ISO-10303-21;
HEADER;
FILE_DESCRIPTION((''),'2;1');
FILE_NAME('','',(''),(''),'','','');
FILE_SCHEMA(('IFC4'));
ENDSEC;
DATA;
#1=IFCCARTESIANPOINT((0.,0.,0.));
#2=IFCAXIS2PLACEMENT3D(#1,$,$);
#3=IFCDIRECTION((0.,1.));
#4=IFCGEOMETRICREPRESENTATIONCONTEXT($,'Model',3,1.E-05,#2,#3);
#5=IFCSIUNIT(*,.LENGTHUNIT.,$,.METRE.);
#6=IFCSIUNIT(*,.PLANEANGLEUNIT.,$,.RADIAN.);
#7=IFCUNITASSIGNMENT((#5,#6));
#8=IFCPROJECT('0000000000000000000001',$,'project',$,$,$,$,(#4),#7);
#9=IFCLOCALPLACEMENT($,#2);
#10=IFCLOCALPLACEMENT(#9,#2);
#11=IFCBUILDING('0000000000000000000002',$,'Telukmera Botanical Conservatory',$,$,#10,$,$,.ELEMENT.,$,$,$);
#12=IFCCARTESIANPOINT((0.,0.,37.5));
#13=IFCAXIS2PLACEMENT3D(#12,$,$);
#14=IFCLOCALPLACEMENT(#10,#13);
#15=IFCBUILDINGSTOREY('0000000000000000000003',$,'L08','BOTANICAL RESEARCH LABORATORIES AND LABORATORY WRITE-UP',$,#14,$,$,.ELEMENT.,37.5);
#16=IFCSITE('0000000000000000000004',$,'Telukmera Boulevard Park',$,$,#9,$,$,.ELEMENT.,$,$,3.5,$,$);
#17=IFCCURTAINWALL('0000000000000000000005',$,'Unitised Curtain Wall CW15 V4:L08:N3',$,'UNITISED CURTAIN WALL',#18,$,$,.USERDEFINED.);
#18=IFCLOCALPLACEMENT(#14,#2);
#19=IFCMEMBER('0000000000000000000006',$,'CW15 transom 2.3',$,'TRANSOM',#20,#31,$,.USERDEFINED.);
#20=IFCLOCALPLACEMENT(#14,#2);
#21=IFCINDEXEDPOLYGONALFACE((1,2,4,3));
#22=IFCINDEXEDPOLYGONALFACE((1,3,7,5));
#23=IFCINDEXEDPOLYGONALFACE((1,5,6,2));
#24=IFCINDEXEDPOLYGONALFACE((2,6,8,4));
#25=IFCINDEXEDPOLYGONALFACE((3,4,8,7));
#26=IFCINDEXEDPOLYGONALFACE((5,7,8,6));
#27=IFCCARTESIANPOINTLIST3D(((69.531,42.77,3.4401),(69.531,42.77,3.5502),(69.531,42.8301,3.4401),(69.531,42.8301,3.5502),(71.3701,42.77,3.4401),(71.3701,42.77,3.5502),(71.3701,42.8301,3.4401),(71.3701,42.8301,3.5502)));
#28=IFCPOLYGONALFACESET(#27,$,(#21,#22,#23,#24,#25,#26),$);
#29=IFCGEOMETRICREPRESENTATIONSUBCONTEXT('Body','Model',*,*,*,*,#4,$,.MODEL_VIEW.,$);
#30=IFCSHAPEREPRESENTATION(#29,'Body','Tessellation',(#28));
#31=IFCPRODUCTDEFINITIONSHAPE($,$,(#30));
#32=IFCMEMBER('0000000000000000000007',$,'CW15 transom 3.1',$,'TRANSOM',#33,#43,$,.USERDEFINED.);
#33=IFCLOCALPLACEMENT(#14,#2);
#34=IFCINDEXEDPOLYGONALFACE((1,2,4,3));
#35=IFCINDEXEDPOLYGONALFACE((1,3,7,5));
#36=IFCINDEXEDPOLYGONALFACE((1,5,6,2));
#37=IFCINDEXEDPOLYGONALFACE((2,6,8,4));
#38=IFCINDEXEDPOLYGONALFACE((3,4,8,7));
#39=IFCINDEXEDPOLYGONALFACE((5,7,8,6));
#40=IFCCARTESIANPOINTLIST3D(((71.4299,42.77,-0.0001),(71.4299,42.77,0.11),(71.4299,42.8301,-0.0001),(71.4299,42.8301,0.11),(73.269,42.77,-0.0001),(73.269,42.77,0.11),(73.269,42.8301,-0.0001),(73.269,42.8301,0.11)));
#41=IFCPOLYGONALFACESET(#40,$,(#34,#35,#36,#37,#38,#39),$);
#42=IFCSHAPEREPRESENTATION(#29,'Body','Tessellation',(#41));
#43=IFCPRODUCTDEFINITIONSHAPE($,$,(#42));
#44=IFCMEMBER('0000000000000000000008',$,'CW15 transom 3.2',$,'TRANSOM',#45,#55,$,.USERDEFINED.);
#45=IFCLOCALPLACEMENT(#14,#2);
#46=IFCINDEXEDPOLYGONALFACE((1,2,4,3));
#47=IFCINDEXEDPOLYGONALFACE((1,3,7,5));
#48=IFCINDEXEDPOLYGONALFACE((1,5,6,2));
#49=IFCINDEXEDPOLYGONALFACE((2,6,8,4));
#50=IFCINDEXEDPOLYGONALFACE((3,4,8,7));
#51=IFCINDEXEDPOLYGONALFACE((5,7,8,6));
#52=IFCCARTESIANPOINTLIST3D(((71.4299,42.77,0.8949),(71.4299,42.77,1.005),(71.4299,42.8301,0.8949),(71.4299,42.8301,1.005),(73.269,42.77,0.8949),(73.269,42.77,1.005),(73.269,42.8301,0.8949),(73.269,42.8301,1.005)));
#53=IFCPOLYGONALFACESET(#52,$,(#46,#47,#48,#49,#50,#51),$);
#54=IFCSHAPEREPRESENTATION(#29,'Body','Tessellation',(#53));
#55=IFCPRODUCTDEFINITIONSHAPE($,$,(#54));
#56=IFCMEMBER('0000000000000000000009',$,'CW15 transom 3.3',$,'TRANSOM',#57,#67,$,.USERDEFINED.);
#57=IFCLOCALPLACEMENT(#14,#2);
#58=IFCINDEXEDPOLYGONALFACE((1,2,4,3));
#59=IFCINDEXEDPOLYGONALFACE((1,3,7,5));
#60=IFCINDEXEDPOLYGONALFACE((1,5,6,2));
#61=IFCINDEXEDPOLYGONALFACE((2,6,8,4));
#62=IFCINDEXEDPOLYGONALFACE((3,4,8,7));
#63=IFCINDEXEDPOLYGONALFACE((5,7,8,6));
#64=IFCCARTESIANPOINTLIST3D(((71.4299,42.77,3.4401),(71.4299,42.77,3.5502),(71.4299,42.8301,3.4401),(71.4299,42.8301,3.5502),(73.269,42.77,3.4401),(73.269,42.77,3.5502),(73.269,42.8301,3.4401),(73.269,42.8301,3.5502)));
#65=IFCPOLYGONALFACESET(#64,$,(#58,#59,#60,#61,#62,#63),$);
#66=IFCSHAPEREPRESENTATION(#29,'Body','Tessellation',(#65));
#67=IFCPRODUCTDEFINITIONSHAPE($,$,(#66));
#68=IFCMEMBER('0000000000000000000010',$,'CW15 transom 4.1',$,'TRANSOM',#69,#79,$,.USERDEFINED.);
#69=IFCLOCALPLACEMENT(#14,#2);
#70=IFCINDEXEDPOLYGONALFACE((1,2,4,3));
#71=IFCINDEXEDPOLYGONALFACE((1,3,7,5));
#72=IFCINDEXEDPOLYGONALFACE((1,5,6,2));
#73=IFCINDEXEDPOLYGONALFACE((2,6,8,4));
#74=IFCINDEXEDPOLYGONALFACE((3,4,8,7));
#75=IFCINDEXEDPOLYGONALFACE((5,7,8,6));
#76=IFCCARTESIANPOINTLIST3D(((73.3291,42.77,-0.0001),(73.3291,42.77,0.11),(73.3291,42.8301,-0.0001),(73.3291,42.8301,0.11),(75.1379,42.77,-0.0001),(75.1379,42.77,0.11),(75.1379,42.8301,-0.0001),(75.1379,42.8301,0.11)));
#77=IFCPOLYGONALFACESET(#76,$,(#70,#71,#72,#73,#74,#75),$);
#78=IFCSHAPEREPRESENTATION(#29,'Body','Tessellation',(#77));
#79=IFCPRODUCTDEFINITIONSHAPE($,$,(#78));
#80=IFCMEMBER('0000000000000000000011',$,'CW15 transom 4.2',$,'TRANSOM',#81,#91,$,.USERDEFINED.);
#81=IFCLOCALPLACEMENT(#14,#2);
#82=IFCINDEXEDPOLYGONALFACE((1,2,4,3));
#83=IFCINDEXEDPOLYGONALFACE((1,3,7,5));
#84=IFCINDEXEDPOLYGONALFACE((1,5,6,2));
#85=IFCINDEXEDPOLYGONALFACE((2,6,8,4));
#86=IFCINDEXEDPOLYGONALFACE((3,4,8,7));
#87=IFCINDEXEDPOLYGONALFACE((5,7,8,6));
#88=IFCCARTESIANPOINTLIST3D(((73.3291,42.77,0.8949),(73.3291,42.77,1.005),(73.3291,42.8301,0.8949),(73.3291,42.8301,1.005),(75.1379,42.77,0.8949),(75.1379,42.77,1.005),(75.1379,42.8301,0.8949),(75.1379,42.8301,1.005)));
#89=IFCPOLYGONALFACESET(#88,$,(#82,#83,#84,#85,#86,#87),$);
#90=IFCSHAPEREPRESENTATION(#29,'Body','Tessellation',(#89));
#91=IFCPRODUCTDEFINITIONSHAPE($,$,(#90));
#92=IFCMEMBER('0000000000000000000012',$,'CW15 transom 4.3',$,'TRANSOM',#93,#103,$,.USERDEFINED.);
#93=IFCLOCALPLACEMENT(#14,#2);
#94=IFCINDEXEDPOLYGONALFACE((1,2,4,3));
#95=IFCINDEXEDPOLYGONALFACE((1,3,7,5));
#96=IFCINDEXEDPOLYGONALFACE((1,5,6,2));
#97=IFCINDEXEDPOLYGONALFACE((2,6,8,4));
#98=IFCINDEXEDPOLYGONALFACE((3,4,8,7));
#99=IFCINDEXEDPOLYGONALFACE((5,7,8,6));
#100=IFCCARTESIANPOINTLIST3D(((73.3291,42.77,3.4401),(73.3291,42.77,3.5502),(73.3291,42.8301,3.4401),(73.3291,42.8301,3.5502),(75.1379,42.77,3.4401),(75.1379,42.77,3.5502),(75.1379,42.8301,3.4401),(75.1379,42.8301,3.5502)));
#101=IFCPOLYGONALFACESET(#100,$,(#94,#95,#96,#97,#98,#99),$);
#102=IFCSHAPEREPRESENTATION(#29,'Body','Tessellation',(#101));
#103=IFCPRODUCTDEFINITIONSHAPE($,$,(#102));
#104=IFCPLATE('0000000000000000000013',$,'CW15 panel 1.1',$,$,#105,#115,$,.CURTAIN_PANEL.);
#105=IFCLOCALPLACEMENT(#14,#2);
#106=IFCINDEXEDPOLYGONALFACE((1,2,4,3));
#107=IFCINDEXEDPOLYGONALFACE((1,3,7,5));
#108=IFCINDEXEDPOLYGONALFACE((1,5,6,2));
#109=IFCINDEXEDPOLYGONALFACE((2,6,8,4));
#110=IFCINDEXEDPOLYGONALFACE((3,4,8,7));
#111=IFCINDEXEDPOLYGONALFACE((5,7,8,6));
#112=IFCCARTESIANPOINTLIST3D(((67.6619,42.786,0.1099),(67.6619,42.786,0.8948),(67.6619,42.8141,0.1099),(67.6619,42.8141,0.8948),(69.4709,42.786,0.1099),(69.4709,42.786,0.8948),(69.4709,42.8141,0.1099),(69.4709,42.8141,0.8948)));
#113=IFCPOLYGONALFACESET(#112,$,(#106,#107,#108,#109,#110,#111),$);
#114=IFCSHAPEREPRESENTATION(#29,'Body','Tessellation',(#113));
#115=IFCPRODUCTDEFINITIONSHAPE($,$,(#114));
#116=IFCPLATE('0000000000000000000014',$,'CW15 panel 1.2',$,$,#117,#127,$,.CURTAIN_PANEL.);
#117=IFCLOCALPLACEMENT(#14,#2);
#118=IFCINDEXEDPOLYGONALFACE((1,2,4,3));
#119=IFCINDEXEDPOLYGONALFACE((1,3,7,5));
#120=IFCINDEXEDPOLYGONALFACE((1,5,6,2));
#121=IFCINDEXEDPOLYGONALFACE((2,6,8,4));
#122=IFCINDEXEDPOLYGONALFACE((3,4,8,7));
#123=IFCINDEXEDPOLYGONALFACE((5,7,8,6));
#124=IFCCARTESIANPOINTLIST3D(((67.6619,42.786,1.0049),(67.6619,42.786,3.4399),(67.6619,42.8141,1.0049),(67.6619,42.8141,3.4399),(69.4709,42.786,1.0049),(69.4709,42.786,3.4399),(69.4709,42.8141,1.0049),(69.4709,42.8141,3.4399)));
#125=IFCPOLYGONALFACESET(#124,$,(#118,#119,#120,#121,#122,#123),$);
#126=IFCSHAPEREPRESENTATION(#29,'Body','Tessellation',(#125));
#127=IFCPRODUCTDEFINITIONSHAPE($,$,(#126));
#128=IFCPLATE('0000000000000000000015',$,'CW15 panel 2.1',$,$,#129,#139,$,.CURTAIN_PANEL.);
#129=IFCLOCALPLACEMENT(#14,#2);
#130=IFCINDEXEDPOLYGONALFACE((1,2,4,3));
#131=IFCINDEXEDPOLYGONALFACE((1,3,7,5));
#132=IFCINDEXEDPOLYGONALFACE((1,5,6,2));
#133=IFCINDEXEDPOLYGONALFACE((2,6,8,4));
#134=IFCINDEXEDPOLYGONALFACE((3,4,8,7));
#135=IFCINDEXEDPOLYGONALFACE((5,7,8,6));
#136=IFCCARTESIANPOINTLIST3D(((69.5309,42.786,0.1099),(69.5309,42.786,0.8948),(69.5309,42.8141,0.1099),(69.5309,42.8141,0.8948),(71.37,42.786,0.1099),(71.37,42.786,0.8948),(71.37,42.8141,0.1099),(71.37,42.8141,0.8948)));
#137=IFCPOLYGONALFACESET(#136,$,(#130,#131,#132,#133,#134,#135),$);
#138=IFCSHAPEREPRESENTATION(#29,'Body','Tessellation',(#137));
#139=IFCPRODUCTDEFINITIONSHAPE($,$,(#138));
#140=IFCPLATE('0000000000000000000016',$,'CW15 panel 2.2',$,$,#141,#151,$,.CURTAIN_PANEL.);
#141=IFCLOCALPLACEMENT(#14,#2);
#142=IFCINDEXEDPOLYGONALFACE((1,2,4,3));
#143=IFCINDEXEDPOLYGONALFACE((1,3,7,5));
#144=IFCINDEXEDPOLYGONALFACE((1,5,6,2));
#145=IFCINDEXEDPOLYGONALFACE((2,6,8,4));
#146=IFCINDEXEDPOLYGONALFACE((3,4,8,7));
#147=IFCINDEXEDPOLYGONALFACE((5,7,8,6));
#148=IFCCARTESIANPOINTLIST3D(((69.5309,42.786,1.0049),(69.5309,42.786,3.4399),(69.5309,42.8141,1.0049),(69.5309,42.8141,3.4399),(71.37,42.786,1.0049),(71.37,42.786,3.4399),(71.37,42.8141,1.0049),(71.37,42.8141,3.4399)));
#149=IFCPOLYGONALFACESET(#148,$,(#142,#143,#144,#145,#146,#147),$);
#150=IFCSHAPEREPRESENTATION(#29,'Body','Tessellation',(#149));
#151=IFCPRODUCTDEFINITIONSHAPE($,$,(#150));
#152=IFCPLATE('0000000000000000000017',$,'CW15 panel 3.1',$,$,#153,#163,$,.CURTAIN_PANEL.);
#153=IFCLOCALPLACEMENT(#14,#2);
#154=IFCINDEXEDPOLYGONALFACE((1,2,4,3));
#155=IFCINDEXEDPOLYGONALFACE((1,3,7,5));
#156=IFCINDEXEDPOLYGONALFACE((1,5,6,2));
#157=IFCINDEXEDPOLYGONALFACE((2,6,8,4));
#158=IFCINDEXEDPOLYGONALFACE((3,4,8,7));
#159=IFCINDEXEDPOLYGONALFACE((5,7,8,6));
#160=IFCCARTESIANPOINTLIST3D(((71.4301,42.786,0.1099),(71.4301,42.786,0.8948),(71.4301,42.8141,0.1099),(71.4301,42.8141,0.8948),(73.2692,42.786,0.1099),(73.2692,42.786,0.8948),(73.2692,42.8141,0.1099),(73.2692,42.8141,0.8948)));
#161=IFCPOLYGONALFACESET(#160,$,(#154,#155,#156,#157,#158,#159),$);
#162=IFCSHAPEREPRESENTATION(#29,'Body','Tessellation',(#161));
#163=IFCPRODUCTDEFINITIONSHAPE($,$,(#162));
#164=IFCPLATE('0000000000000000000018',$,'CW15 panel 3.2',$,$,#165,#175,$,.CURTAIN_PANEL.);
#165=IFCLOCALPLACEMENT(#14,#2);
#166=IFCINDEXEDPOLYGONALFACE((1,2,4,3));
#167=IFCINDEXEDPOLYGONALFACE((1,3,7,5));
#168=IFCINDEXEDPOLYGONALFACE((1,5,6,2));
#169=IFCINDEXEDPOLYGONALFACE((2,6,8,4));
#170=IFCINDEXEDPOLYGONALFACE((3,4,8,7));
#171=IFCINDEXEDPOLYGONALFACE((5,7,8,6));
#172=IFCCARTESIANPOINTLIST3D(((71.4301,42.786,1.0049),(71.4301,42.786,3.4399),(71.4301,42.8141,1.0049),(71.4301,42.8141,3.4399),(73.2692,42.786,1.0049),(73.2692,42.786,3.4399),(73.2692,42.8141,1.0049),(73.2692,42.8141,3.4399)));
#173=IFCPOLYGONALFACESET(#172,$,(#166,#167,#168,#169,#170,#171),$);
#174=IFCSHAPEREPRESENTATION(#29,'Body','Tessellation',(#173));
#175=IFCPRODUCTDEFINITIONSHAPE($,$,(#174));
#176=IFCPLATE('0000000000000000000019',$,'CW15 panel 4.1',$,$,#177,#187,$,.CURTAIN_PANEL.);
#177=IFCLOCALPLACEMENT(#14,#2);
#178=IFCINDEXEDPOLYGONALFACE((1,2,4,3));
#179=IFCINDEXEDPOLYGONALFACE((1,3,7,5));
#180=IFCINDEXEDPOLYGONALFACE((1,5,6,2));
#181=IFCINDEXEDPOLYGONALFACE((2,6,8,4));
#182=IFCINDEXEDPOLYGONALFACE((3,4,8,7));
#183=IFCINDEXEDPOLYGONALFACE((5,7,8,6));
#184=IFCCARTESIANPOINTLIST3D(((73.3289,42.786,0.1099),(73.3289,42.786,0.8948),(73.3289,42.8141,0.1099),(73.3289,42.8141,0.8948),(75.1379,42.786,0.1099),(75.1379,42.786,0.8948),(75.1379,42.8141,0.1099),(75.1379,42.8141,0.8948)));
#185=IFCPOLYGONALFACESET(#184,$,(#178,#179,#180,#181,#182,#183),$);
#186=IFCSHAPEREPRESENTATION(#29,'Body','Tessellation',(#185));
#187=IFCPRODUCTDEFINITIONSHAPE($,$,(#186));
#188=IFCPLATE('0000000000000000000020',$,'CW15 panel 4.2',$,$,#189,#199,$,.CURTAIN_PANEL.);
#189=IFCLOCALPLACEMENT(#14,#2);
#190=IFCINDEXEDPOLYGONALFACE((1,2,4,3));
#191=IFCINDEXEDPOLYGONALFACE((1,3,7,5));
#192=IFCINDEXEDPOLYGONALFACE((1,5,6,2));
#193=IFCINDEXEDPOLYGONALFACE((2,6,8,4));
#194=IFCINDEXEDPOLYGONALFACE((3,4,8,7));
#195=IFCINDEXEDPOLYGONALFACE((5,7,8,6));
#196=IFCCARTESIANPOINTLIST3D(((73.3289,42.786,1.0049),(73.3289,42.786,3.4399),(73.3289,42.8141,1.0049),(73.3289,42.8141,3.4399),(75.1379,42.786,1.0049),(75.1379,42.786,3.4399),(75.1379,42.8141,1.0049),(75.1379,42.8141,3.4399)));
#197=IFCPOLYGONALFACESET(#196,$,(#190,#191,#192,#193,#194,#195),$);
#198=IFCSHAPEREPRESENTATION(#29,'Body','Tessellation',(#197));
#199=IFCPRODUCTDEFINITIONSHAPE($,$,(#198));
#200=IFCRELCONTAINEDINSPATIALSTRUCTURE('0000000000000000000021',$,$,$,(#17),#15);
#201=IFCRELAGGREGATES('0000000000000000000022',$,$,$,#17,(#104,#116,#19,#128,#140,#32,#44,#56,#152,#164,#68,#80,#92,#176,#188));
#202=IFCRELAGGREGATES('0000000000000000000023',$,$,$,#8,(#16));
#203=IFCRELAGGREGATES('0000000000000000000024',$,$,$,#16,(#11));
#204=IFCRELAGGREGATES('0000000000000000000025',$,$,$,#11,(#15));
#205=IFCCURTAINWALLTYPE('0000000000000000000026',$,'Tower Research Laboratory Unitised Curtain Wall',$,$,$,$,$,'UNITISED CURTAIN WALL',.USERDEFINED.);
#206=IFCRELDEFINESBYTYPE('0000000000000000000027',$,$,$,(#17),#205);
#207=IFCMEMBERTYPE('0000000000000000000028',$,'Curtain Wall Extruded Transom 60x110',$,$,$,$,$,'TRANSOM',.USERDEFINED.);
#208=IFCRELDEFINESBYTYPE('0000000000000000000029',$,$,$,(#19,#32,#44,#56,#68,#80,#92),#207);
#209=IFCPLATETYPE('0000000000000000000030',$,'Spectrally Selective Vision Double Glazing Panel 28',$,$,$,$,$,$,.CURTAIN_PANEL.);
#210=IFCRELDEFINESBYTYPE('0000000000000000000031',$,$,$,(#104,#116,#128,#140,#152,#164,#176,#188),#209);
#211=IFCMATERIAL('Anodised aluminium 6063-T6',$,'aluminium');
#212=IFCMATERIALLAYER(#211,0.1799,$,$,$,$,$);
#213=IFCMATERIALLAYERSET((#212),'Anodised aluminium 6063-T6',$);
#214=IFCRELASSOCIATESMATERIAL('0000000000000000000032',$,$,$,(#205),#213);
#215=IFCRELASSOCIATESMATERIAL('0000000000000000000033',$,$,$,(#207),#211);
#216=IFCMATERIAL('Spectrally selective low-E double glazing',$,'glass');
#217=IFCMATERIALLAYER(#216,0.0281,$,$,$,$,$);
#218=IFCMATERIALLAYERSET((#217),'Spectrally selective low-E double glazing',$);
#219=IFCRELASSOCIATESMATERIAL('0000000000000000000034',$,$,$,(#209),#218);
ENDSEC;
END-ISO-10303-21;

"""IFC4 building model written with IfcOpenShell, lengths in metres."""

from ifc_helpers import new_model, si_unit, direction, frame, origin, origin_2d, place, context, subcontext, project, spatial, rectangle, extrude, material, layer, layer_set, material_profile, profile_set, type_object, element, aggregate, save


model = new_model("IFC4")

# Units and contexts
model_context = context("Model", 3, precision=1e-05, world=origin(), true_north=direction((0.0, 1.0)))
body_context = subcontext(model_context, "Body", "Model", "MODEL_VIEW")
ifc_project = project(units=[si_unit("LENGTHUNIT", "METRE"), si_unit("PLANEANGLEUNIT", "RADIAN")], contexts=[model_context])

# Site, building, storey
site_placement = place(None, origin())
site = spatial("IfcSite", under=ifc_project, at=site_placement, Name="Telukmera Boulevard Park", CompositionType="ELEMENT", RefElevation=3.5)
building_placement = place(site_placement, origin())
building = spatial("IfcBuilding", under=site, at=building_placement, Name="Telukmera Botanical Conservatory", CompositionType="ELEMENT")
storey_placement = place(building_placement, frame((0.0, 0.0, 37.5)))
storey = spatial("IfcBuildingStorey", under=building, at=storey_placement, Name="L08", Description="BOTANICAL RESEARCH LABORATORIES AND LABORATORY WRITE-UP", CompositionType="ELEMENT", Elevation=37.5)

# Curtain wall, members, plates
ifc_material_1 = material(Name="Anodised aluminium 6063-T6", Category="aluminium")
ifc_layer_1 = layer(ifc_material_1, 0.1799)
ifc_layer_set_1 = layer_set([ifc_layer_1], Name="Anodised aluminium 6063-T6")
curtain_wall_type = type_object("IfcCurtainWallType", Name="Tower Research Laboratory Unitised Curtain Wall", ElementType="UNITISED CURTAIN WALL", PredefinedType="USERDEFINED", material=ifc_layer_set_1)
curtain_wall_placement = place(storey_placement, origin())
curtain_wall = element("IfcCurtainWall", 1, at=curtain_wall_placement, inside=storey, type_object=curtain_wall_type, Name="Unitised Curtain Wall CW15 V4:L08:N3", ObjectType="UNITISED CURTAIN WALL", PredefinedType="USERDEFINED")
ifc_material_profile_1 = material_profile(ifc_material_1, rectangle(XDim=0.0601, YDim=0.1101, at=origin_2d()), Name="ALU TRAN 60x110")
ifc_profile_set_1 = profile_set([ifc_material_profile_1], Name="Anodised aluminium 6063-T6")
member_type_1 = type_object("IfcMemberType", Name="Curtain Wall Extruded Transom 60x110", ElementType="TRANSOM", PredefinedType="USERDEFINED", material=ifc_profile_set_1)
member_1_placement = place(storey_placement, frame((69.531, 42.8, 3.4951), z_axis=(1.0, 0.0, 0.0), x_axis=(0.0, 1.0, 0.0)))
member_1 = element("IfcMember", 2, at=member_1_placement, type_object=member_type_1, Name="CW15 transom 2.3", ObjectType="TRANSOM", PredefinedType="USERDEFINED", context=body_context, shape_type="SweptSolid", body=[
    extrude(rectangle(XDim=0.0601, YDim=0.1101, at=origin_2d()), origin(), (0.0, 0.0, 1.0), 1.8391),
])
member_2_placement = place(storey_placement, frame((71.4299, 42.8, 0.0549), z_axis=(1.0, 0.0, 0.0), x_axis=(0.0, 1.0, 0.0)))
member_2 = element("IfcMember", 3, at=member_2_placement, type_object=member_type_1, Name="CW15 transom 3.1", ObjectType="TRANSOM", PredefinedType="USERDEFINED", context=body_context, shape_type="SweptSolid", body=[
    extrude(rectangle(XDim=0.0601, YDim=0.1101, at=origin_2d()), origin(), (0.0, 0.0, 1.0), 1.8391),
])
member_3_placement = place(storey_placement, frame((71.4299, 42.8, 0.95), z_axis=(1.0, 0.0, 0.0), x_axis=(0.0, 1.0, 0.0)))
member_3 = element("IfcMember", 4, at=member_3_placement, type_object=member_type_1, Name="CW15 transom 3.2", ObjectType="TRANSOM", PredefinedType="USERDEFINED", context=body_context, shape_type="SweptSolid", body=[
    extrude(rectangle(XDim=0.0601, YDim=0.1101, at=origin_2d()), origin(), (0.0, 0.0, 1.0), 1.8391),
])
member_4_placement = place(storey_placement, frame((71.4299, 42.8, 3.4951), z_axis=(1.0, 0.0, 0.0), x_axis=(0.0, 1.0, 0.0)))
member_4 = element("IfcMember", 5, at=member_4_placement, type_object=member_type_1, Name="CW15 transom 3.3", ObjectType="TRANSOM", PredefinedType="USERDEFINED", context=body_context, shape_type="SweptSolid", body=[
    extrude(rectangle(XDim=0.0601, YDim=0.1101, at=origin_2d()), origin(), (0.0, 0.0, 1.0), 1.8391),
])
member_5_placement = place(storey_placement, frame((73.3291, 42.8, 0.0549), z_axis=(1.0, 0.0, 0.0), x_axis=(0.0, 1.0, 0.0)))
member_5 = element("IfcMember", 6, at=member_5_placement, type_object=member_type_1, Name="CW15 transom 4.1", ObjectType="TRANSOM", PredefinedType="USERDEFINED", context=body_context, shape_type="SweptSolid", body=[
    extrude(rectangle(XDim=0.0601, YDim=0.1101, at=origin_2d()), origin(), (0.0, 0.0, 1.0), 1.8088),
])
member_6_placement = place(storey_placement, frame((73.3291, 42.8, 0.95), z_axis=(1.0, 0.0, 0.0), x_axis=(0.0, 1.0, 0.0)))
member_6 = element("IfcMember", 7, at=member_6_placement, type_object=member_type_1, Name="CW15 transom 4.2", ObjectType="TRANSOM", PredefinedType="USERDEFINED", context=body_context, shape_type="SweptSolid", body=[
    extrude(rectangle(XDim=0.0601, YDim=0.1101, at=origin_2d()), origin(), (0.0, 0.0, 1.0), 1.8088),
])
member_7_placement = place(storey_placement, frame((73.3291, 42.8, 3.4951), z_axis=(1.0, 0.0, 0.0), x_axis=(0.0, 1.0, 0.0)))
member_7 = element("IfcMember", 8, at=member_7_placement, type_object=member_type_1, Name="CW15 transom 4.3", ObjectType="TRANSOM", PredefinedType="USERDEFINED", context=body_context, shape_type="SweptSolid", body=[
    extrude(rectangle(XDim=0.0601, YDim=0.1101, at=origin_2d()), origin(), (0.0, 0.0, 1.0), 1.8088),
])
ifc_material_2 = material(Name="Spectrally selective low-E double glazing", Category="glass")
ifc_layer_2 = layer(ifc_material_2, 0.0281)
ifc_layer_set_2 = layer_set([ifc_layer_2], Name="Spectrally selective low-E double glazing")
plate_type = type_object("IfcPlateType", Name="Spectrally Selective Vision Double Glazing Panel 28", PredefinedType="CURTAIN_PANEL", material=ifc_layer_set_2)
plate_1_placement = place(storey_placement, frame((68.5664, 42.8, 0.1099), z_axis=(0.0, 0.0, 1.0), x_axis=(1.0, 0.0, 0.0)))
plate_1 = element("IfcPlate", 9, at=plate_1_placement, type_object=plate_type, Name="CW15 panel 1.1", PredefinedType="CURTAIN_PANEL", context=body_context, shape_type="SweptSolid", body=[
    extrude(rectangle(XDim=1.8091, YDim=0.0281, at=origin_2d()), origin(), (0.0, 0.0, 1.0), 0.7849),
])
plate_2_placement = place(storey_placement, frame((68.5664, 42.8, 1.0049), z_axis=(0.0, 0.0, 1.0), x_axis=(1.0, 0.0, 0.0)))
plate_2 = element("IfcPlate", 10, at=plate_2_placement, type_object=plate_type, Name="CW15 panel 1.2", PredefinedType="CURTAIN_PANEL", context=body_context, shape_type="SweptSolid", body=[
    extrude(rectangle(XDim=1.8091, YDim=0.0281, at=origin_2d()), origin(), (0.0, 0.0, 1.0), 2.4351),
])
plate_3_placement = place(storey_placement, frame((70.4504, 42.8, 0.1099), z_axis=(0.0, 0.0, 1.0), x_axis=(1.0, 0.0, 0.0)))
plate_3 = element("IfcPlate", 11, at=plate_3_placement, type_object=plate_type, Name="CW15 panel 2.1", PredefinedType="CURTAIN_PANEL", context=body_context, shape_type="SweptSolid", body=[
    extrude(rectangle(XDim=1.8391, YDim=0.0281, at=origin_2d()), origin(), (0.0, 0.0, 1.0), 0.7849),
])
plate_4_placement = place(storey_placement, frame((70.4504, 42.8, 1.0049), z_axis=(0.0, 0.0, 1.0), x_axis=(1.0, 0.0, 0.0)))
plate_4 = element("IfcPlate", 12, at=plate_4_placement, type_object=plate_type, Name="CW15 panel 2.2", PredefinedType="CURTAIN_PANEL", context=body_context, shape_type="SweptSolid", body=[
    extrude(rectangle(XDim=1.8391, YDim=0.0281, at=origin_2d()), origin(), (0.0, 0.0, 1.0), 2.4351),
])
plate_5_placement = place(storey_placement, frame((72.3496, 42.8, 0.1099), z_axis=(0.0, 0.0, 1.0), x_axis=(1.0, 0.0, 0.0)))
plate_5 = element("IfcPlate", 13, at=plate_5_placement, type_object=plate_type, Name="CW15 panel 3.1", PredefinedType="CURTAIN_PANEL", context=body_context, shape_type="SweptSolid", body=[
    extrude(rectangle(XDim=1.8391, YDim=0.0281, at=origin_2d()), origin(), (0.0, 0.0, 1.0), 0.7849),
])
plate_6_placement = place(storey_placement, frame((72.3496, 42.8, 1.0049), z_axis=(0.0, 0.0, 1.0), x_axis=(1.0, 0.0, 0.0)))
plate_6 = element("IfcPlate", 14, at=plate_6_placement, type_object=plate_type, Name="CW15 panel 3.2", PredefinedType="CURTAIN_PANEL", context=body_context, shape_type="SweptSolid", body=[
    extrude(rectangle(XDim=1.8391, YDim=0.0281, at=origin_2d()), origin(), (0.0, 0.0, 1.0), 2.4351),
])
plate_7_placement = place(storey_placement, frame((74.2334, 42.8, 0.1099), z_axis=(0.0, 0.0, 1.0), x_axis=(1.0, 0.0, 0.0)))
plate_7 = element("IfcPlate", 15, at=plate_7_placement, type_object=plate_type, Name="CW15 panel 4.1", PredefinedType="CURTAIN_PANEL", context=body_context, shape_type="SweptSolid", body=[
    extrude(rectangle(XDim=1.8091, YDim=0.0281, at=origin_2d()), origin(), (0.0, 0.0, 1.0), 0.7849),
])
plate_8_placement = place(storey_placement, frame((74.2334, 42.8, 1.0049), z_axis=(0.0, 0.0, 1.0), x_axis=(1.0, 0.0, 0.0)))
plate_8 = element("IfcPlate", 16, at=plate_8_placement, type_object=plate_type, Name="CW15 panel 4.2", PredefinedType="CURTAIN_PANEL", context=body_context, shape_type="SweptSolid", body=[
    extrude(rectangle(XDim=1.8091, YDim=0.0281, at=origin_2d()), origin(), (0.0, 0.0, 1.0), 2.4351),
])
aggregate(curtain_wall, [plate_1, plate_2, member_1, plate_3, plate_4, member_2, member_3, member_4, plate_5, plate_6, member_5, member_6, member_7, plate_7, plate_8])

save(model, "model.ifc")
